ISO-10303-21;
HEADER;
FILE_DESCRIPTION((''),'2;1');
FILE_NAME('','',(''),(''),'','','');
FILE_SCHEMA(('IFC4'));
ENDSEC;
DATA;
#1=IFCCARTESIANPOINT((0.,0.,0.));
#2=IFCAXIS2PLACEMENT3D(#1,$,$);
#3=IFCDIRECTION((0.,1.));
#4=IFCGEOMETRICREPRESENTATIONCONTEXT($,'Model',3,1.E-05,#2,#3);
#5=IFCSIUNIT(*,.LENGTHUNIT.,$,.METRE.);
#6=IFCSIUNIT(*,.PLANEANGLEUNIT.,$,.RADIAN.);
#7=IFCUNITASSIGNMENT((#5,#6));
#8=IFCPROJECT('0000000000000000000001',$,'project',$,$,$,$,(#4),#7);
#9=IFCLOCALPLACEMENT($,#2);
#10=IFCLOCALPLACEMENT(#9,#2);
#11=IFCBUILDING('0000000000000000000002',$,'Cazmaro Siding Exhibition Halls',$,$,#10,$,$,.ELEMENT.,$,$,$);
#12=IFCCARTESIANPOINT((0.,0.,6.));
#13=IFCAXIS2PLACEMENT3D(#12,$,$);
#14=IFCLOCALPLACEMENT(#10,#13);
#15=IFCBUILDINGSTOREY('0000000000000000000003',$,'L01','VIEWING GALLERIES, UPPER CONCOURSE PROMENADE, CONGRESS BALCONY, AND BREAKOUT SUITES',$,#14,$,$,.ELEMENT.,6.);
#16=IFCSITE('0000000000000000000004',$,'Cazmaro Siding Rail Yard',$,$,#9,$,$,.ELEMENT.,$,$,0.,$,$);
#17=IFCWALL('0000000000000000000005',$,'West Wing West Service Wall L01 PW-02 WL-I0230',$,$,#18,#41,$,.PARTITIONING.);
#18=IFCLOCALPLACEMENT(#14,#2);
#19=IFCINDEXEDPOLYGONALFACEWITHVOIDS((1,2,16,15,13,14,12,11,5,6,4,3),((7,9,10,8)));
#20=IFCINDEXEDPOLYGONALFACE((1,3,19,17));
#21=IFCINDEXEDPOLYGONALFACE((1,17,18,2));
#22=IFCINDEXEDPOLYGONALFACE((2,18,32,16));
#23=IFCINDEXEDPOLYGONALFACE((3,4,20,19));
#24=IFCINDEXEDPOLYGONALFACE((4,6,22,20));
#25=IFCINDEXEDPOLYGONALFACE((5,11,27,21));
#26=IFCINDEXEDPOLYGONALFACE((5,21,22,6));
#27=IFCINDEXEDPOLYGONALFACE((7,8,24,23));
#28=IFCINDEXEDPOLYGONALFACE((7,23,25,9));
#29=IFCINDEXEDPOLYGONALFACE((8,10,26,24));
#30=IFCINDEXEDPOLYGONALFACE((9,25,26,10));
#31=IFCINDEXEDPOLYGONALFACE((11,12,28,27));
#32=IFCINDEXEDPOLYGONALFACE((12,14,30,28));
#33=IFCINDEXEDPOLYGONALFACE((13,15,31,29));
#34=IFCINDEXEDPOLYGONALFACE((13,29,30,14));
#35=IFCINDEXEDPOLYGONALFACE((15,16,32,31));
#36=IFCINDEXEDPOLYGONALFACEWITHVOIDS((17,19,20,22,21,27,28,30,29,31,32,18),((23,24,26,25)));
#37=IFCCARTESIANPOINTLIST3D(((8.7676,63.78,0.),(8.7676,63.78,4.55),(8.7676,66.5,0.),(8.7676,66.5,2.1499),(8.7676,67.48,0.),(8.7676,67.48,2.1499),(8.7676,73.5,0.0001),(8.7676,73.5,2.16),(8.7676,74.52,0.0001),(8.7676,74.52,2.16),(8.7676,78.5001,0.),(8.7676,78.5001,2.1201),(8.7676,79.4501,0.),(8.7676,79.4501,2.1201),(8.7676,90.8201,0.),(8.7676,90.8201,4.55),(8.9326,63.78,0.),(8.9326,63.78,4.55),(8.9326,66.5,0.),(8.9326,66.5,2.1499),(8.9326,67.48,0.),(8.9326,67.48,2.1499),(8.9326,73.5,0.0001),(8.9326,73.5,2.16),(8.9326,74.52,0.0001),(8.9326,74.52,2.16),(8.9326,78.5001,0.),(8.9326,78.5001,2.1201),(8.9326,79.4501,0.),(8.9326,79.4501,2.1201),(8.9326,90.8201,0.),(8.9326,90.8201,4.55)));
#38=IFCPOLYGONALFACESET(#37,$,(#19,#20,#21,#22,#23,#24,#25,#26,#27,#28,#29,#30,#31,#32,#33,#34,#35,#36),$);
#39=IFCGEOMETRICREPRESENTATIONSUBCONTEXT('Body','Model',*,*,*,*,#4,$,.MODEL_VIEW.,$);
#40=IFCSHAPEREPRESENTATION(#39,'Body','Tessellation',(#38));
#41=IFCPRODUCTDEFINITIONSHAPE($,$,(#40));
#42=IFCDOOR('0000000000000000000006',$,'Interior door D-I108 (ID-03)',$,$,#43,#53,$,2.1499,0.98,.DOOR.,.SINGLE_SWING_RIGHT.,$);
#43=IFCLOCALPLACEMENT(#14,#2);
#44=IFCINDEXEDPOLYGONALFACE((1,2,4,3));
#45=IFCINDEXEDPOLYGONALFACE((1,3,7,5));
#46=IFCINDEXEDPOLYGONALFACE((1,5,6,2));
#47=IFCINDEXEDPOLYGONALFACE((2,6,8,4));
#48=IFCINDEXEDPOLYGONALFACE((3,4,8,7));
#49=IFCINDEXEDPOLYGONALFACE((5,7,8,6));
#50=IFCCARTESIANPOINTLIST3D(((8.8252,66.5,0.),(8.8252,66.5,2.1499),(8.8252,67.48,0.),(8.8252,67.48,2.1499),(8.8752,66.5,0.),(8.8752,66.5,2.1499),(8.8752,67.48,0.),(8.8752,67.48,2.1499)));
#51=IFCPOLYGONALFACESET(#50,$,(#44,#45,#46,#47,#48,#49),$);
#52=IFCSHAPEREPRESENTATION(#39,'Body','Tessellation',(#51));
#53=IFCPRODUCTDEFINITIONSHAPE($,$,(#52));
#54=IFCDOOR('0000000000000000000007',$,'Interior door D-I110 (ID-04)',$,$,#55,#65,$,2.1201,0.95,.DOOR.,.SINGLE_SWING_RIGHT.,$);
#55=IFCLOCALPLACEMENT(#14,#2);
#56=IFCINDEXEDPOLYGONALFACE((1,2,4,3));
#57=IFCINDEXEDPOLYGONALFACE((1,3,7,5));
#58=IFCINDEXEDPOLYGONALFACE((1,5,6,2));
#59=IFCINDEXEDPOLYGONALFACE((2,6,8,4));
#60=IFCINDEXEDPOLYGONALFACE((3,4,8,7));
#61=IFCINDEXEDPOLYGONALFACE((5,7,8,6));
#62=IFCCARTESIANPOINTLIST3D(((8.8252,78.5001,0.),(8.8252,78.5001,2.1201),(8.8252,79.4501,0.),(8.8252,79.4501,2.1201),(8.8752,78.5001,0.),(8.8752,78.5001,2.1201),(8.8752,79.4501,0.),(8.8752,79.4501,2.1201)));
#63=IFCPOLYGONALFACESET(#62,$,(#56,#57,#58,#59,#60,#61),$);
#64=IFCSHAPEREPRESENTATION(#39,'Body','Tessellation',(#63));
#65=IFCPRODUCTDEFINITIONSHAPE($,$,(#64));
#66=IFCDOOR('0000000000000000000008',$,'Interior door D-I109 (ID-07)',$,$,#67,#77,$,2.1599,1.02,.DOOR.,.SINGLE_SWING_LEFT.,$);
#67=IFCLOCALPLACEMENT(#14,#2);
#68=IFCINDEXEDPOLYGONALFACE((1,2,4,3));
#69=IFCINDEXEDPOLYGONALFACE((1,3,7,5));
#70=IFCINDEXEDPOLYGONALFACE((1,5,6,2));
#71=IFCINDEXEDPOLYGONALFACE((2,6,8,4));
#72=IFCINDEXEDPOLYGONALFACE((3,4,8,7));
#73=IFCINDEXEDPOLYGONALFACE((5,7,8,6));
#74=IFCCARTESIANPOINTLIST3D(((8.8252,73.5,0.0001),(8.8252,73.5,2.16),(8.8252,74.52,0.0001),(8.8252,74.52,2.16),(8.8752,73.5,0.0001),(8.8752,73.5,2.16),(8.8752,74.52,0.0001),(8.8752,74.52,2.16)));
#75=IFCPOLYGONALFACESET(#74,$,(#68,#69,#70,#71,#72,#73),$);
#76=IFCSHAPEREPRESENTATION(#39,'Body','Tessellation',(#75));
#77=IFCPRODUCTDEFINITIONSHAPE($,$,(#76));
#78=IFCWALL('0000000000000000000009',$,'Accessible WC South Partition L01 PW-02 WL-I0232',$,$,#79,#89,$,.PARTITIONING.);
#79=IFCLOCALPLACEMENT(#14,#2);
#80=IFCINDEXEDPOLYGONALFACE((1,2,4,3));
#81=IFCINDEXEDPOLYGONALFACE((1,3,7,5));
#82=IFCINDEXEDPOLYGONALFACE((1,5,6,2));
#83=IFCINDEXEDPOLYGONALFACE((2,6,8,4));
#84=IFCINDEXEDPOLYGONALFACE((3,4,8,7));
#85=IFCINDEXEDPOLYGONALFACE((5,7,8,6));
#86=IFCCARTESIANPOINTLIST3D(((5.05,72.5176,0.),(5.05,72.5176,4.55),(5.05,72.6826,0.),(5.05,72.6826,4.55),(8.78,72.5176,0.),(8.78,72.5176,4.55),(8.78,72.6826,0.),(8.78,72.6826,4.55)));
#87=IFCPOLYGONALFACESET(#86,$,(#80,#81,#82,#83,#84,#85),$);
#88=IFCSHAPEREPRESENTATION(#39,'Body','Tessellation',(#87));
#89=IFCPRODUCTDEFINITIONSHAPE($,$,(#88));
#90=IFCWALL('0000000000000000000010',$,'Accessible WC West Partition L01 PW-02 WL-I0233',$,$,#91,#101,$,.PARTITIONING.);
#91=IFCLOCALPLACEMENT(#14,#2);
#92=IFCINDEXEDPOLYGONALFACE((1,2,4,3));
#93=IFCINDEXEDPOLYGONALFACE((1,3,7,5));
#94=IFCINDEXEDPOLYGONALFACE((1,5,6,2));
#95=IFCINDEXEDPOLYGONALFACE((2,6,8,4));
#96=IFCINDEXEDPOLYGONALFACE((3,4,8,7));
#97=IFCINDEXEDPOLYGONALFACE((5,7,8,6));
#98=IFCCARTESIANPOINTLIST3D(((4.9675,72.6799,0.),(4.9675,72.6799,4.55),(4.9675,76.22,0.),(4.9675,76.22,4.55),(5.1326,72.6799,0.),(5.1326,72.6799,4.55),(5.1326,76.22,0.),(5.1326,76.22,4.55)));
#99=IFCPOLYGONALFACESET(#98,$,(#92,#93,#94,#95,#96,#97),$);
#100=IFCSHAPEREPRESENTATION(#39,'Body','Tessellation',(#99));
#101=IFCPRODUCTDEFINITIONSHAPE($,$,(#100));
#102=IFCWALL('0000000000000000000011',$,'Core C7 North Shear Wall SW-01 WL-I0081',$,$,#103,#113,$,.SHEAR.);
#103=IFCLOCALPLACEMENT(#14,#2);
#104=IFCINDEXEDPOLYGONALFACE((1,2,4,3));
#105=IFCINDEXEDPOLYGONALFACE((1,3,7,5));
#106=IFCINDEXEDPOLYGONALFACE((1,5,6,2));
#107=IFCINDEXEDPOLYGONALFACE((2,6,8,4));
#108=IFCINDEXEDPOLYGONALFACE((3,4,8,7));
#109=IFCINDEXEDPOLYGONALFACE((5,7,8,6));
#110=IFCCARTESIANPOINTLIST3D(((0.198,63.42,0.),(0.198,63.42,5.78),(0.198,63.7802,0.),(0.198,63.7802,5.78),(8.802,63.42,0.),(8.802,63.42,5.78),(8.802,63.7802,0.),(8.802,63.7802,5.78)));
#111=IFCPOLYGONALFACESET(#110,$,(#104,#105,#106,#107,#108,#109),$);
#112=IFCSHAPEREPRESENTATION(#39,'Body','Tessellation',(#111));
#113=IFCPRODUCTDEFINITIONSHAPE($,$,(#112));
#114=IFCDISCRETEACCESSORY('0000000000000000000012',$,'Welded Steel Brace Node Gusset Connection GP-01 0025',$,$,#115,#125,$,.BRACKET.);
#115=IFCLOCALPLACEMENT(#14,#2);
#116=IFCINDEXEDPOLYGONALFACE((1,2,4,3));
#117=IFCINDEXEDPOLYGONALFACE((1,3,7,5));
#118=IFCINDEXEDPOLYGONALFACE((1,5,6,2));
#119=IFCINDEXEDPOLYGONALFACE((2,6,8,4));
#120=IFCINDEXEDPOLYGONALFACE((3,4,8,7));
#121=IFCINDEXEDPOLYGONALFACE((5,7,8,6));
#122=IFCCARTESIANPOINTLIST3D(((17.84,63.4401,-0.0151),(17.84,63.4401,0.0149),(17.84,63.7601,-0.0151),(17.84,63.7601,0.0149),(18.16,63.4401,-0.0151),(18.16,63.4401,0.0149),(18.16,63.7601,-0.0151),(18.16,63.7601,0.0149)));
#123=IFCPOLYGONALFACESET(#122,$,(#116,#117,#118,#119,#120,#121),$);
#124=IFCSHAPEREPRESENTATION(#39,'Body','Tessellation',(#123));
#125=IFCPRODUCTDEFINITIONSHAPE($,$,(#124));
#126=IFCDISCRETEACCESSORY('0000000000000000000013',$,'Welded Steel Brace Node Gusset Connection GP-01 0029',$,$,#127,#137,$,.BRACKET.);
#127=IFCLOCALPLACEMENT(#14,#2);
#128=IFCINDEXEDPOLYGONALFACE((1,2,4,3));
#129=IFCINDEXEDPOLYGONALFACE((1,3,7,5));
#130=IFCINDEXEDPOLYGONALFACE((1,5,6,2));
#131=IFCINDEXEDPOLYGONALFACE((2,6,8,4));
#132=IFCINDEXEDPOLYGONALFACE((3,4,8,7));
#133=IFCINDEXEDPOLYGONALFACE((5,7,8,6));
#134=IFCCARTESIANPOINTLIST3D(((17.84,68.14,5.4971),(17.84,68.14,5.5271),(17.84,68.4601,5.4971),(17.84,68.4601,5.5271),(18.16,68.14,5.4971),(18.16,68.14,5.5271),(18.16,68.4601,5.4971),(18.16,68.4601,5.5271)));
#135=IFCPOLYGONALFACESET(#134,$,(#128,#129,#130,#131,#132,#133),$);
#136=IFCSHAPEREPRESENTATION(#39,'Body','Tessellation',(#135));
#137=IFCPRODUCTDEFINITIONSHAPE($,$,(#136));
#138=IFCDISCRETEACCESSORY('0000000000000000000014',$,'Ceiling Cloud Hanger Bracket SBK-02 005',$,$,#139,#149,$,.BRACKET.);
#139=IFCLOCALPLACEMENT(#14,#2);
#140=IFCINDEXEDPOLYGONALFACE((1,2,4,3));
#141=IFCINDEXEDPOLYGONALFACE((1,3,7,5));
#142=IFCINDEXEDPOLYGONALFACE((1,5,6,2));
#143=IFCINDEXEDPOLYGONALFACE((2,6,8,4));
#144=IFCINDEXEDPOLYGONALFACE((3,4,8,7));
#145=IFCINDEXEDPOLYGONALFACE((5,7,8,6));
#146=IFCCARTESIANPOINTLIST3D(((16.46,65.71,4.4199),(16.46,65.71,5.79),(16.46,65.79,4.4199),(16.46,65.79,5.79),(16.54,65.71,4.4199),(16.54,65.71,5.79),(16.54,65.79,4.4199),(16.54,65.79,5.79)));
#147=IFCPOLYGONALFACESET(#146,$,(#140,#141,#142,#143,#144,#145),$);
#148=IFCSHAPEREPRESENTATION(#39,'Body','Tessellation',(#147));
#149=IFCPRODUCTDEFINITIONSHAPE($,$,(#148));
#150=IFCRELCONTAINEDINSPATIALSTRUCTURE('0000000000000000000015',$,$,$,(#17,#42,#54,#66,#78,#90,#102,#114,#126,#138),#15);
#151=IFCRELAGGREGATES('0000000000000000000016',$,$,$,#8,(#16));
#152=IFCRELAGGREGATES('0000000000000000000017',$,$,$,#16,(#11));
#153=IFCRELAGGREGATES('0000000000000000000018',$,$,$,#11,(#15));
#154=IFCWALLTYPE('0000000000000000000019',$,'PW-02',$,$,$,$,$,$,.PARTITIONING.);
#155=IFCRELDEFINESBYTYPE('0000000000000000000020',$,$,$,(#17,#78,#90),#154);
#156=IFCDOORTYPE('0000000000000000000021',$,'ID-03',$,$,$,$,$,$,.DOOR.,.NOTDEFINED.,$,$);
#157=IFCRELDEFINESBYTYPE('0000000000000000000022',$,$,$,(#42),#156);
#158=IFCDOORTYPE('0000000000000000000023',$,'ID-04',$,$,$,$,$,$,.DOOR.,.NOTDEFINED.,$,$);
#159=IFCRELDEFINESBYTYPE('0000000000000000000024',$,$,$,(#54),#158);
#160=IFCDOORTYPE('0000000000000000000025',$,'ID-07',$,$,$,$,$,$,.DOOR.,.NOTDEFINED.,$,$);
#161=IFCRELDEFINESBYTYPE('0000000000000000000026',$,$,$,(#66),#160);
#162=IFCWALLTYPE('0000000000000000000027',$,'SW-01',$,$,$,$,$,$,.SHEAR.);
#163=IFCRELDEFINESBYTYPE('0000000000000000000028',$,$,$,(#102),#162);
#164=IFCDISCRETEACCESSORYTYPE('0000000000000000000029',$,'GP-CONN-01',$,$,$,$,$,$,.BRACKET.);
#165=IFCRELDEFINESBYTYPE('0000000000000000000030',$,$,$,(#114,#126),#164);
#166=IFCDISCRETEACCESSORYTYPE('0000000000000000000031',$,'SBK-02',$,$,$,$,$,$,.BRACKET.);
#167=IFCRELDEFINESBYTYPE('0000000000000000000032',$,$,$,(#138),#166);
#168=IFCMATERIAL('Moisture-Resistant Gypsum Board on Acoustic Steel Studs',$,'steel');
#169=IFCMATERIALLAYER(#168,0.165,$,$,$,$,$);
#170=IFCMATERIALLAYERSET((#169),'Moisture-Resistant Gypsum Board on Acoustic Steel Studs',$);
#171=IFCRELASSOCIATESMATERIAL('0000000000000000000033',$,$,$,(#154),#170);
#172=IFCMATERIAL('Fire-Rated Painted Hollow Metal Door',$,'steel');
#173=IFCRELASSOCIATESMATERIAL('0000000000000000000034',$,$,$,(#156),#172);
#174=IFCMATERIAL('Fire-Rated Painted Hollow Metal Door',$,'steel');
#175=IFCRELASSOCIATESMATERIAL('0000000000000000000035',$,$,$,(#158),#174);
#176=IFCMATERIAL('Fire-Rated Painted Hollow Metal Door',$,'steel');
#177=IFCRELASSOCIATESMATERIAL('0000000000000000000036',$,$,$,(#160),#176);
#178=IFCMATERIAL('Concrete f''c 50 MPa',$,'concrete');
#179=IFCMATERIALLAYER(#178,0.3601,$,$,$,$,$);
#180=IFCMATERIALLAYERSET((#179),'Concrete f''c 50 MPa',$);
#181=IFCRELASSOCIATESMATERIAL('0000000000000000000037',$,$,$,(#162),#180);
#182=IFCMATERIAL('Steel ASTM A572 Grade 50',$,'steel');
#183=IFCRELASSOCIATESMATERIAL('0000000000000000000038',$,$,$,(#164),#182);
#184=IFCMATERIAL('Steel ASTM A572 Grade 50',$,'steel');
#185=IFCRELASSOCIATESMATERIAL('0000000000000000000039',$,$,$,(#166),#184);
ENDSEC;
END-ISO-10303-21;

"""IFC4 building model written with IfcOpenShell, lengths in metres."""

from ifc_helpers import new_model, si_unit, direction, frame, frame_2d, origin, origin_2d, place, context, subcontext, project, spatial, rectangle, extrude, material, layer, layer_set, type_object, element, fill, save


model = new_model("IFC4")

# Units and contexts
model_context = context("Model", 3, precision=1e-05, world=origin(), true_north=direction((0.0, 1.0)))
body_context = subcontext(model_context, "Body", "Model", "MODEL_VIEW")
ifc_project = project(units=[si_unit("LENGTHUNIT", "METRE"), si_unit("PLANEANGLEUNIT", "RADIAN")], contexts=[model_context])

# Site, building, storey
site_placement = place(None, origin())
site = spatial("IfcSite", under=ifc_project, at=site_placement, Name="Cazmaro Siding Rail Yard", CompositionType="ELEMENT", RefElevation=0.0)
building_placement = place(site_placement, origin())
building = spatial("IfcBuilding", under=site, at=building_placement, Name="Cazmaro Siding Exhibition Halls", CompositionType="ELEMENT")
storey_placement = place(building_placement, frame((0.0, 0.0, 6.0)))
storey = spatial("IfcBuildingStorey", under=building, at=storey_placement, Name="L01", Description="VIEWING GALLERIES, UPPER CONCOURSE PROMENADE, CONGRESS BALCONY, AND BREAKOUT SUITES", CompositionType="ELEMENT", Elevation=6.0)

# Shared definitions
ifc_material_1 = material(Name="Moisture-Resistant Gypsum Board on Acoustic Steel Studs", Category="steel")
ifc_layer_1 = layer(ifc_material_1, 0.165)
ifc_layer_set_1 = layer_set([ifc_layer_1], Name="Moisture-Resistant Gypsum Board on Acoustic Steel Studs")
wall_type_1 = type_object("IfcWallType", Name="PW-02", PredefinedType="PARTITIONING", material=ifc_layer_set_1)

# Wall, openings, doors
wall_1_placement = place(storey_placement, frame((8.8501, 63.78, 0.0), z_axis=(0.0, 0.0, 1.0), x_axis=(0.0, 1.0, 0.0)))
wall_1 = element("IfcWall", 1, at=wall_1_placement, inside=storey, type_object=wall_type_1, Name="West Wing West Service Wall L01 PW-02 WL-I0230", PredefinedType="PARTITIONING", context=body_context, shape_type="SweptSolid", body=[
    extrude(rectangle(XDim=27.04, YDim=0.165, at=frame_2d((13.52, 0.0))), origin(), (0.0, 0.0, 1.0), 4.55),
])
opening_1_placement = place(wall_1_placement, frame((2.72, 0.0, 0.0)))
opening_1 = element("IfcOpeningElement", 2, at=opening_1_placement, cuts=wall_1, PredefinedType="OPENING", context=body_context, shape_type="SweptSolid", body=[
    extrude(rectangle(XDim=0.98, YDim=2.1499, at=frame_2d((0.49, 1.075))), frame((0.0, 0.0925, 0.0), z_axis=(0.0, -1.0, 0.0), x_axis=(1.0, 0.0, 0.0)), (0.0, 0.0, 1.0), 0.1851),
])
opening_2_placement = place(wall_1_placement, frame((9.72, 0.0, 0.0)))
opening_2 = element("IfcOpeningElement", 3, at=opening_2_placement, cuts=wall_1, PredefinedType="OPENING", context=body_context, shape_type="SweptSolid", body=[
    extrude(rectangle(XDim=1.02, YDim=2.1599, at=frame_2d((0.51, 1.0801))), frame((0.0, 0.0925, 0.0), z_axis=(0.0, -1.0, 0.0), x_axis=(1.0, 0.0, 0.0)), (0.0, 0.0, 1.0), 0.1851),
])
opening_3_placement = place(wall_1_placement, frame((14.72, 0.0, 0.0)))
opening_3 = element("IfcOpeningElement", 4, at=opening_3_placement, cuts=wall_1, PredefinedType="OPENING", context=body_context, shape_type="SweptSolid", body=[
    extrude(rectangle(XDim=0.95, YDim=2.1201, at=frame_2d((0.4751, 1.0601))), frame((0.0, 0.0925, 0.0), z_axis=(0.0, -1.0, 0.0), x_axis=(1.0, 0.0, 0.0)), (0.0, 0.0, 1.0), 0.1851),
])
ifc_material_2 = material(Name="Fire-Rated Painted Hollow Metal Door", Category="steel")
door_type_1 = type_object("IfcDoorType", Name="ID-03", OperationType="NOTDEFINED", PredefinedType="DOOR", material=ifc_material_2)
door_1_placement = place(opening_1_placement, origin())
door_1 = element("IfcDoor", 5, at=door_1_placement, inside=storey, type_object=door_type_1, Name="Interior door D-I108 (ID-03)", OperationType="SINGLE_SWING_RIGHT", OverallHeight=2.1499, OverallWidth=0.98, PredefinedType="DOOR", context=body_context, shape_type="SweptSolid", body=[
    extrude(rectangle(XDim=0.98, YDim=2.1499, at=frame_2d((0.49, 1.075))), frame((0.0, 0.0249, 0.0), z_axis=(0.0, -1.0, 0.0), x_axis=(1.0, 0.0, 0.0)), (0.0, 0.0, 1.0), 0.05),
])
fill(opening_1, door_1)
ifc_material_3 = material(Name="Fire-Rated Painted Hollow Metal Door", Category="steel")
door_type_2 = type_object("IfcDoorType", Name="ID-04", OperationType="NOTDEFINED", PredefinedType="DOOR", material=ifc_material_3)
door_2_placement = place(opening_3_placement, origin())
door_2 = element("IfcDoor", 6, at=door_2_placement, inside=storey, type_object=door_type_2, Name="Interior door D-I110 (ID-04)", OperationType="SINGLE_SWING_RIGHT", OverallHeight=2.1201, OverallWidth=0.95, PredefinedType="DOOR", context=body_context, shape_type="SweptSolid", body=[
    extrude(rectangle(XDim=0.95, YDim=2.1201, at=frame_2d((0.4751, 1.0601))), frame((0.0, 0.0249, 0.0), z_axis=(0.0, -1.0, 0.0), x_axis=(1.0, 0.0, 0.0)), (0.0, 0.0, 1.0), 0.05),
])
fill(opening_3, door_2)
ifc_material_4 = material(Name="Fire-Rated Painted Hollow Metal Door", Category="steel")
door_type_3 = type_object("IfcDoorType", Name="ID-07", OperationType="NOTDEFINED", PredefinedType="DOOR", material=ifc_material_4)
door_3_placement = place(opening_2_placement, origin())
door_3 = element("IfcDoor", 7, at=door_3_placement, inside=storey, type_object=door_type_3, Name="Interior door D-I109 (ID-07)", OperationType="SINGLE_SWING_LEFT", OverallHeight=2.1599, OverallWidth=1.02, PredefinedType="DOOR", context=body_context, shape_type="SweptSolid", body=[
    extrude(rectangle(XDim=1.02, YDim=2.1599, at=frame_2d((0.51, 1.0801))), frame((0.0, 0.0249, 0.0), z_axis=(0.0, -1.0, 0.0), x_axis=(1.0, 0.0, 0.0)), (0.0, 0.0, 1.0), 0.05),
])
fill(opening_2, door_3)

# Walls
wall_2_placement = place(storey_placement, frame((5.05, 72.6001, 0.0), z_axis=(0.0, 0.0, 1.0), x_axis=(1.0, 0.0, 0.0)))
element("IfcWall", 8, at=wall_2_placement, inside=storey, type_object=wall_type_1, Name="Accessible WC South Partition L01 PW-02 WL-I0232", PredefinedType="PARTITIONING", context=body_context, shape_type="SweptSolid", body=[
    extrude(rectangle(XDim=3.73, YDim=0.165, at=frame_2d((1.865, 0.0))), origin(), (0.0, 0.0, 1.0), 4.55),
])
wall_3_placement = place(storey_placement, frame((5.05, 72.6799, 0.0), z_axis=(0.0, 0.0, 1.0), x_axis=(0.0, 1.0, 0.0)))
element("IfcWall", 9, at=wall_3_placement, inside=storey, type_object=wall_type_1, Name="Accessible WC West Partition L01 PW-02 WL-I0233", PredefinedType="PARTITIONING", context=body_context, shape_type="SweptSolid", body=[
    extrude(rectangle(XDim=3.54, YDim=0.165, at=frame_2d((1.77, 0.0))), origin(), (0.0, 0.0, 1.0), 4.55),
])
ifc_material_5 = material(Name="Concrete f'c 50 MPa", Category="concrete")
ifc_layer_2 = layer(ifc_material_5, 0.3601)
ifc_layer_set_2 = layer_set([ifc_layer_2], Name="Concrete f'c 50 MPa")
wall_type_2 = type_object("IfcWallType", Name="SW-01", PredefinedType="SHEAR", material=ifc_layer_set_2)
wall_4_placement = place(storey_placement, frame((0.198, 63.6001, 0.0), z_axis=(0.0, 0.0, 1.0), x_axis=(1.0, 0.0, 0.0)))
element("IfcWall", 10, at=wall_4_placement, inside=storey, type_object=wall_type_2, Name="Core C7 North Shear Wall SW-01 WL-I0081", PredefinedType="SHEAR", context=body_context, shape_type="SweptSolid", body=[
    extrude(rectangle(XDim=8.604, YDim=0.3601, at=frame_2d((4.302, 0.0))), origin(), (0.0, 0.0, 1.0), 5.78),
])

# Discrete accessories
ifc_material_6 = material(Name="Steel ASTM A572 Grade 50", Category="steel")
discrete_accessory_type_1 = type_object("IfcDiscreteAccessoryType", Name="GP-CONN-01", PredefinedType="BRACKET", material=ifc_material_6)
for number, where, z_axis, x_axis, name in (
    (11, (18.0, 63.6001, -0.0151), (0.0, 0.0, 1.0), (1.0, 0.0, 0.0), "Welded Steel Brace Node Gusset Connection GP-01 0025"),
    (12, (18.0, 68.3, 5.4971), (0.0, 0.0, 1.0), (1.0, 0.0, 0.0), "Welded Steel Brace Node Gusset Connection GP-01 0029"),
):
    element("IfcDiscreteAccessory", number, at=place(storey_placement, frame(where, z_axis=z_axis, x_axis=x_axis)), inside=storey, type_object=discrete_accessory_type_1, Name=name, PredefinedType="BRACKET", context=body_context, shape_type="SweptSolid", body=[
        extrude(rectangle(XDim=0.3201, YDim=0.3201, at=origin_2d()), origin(), (0.0, 0.0, 1.0), 0.03),
    ])
ifc_material_7 = material(Name="Steel ASTM A572 Grade 50", Category="steel")
discrete_accessory_type_2 = type_object("IfcDiscreteAccessoryType", Name="SBK-02", PredefinedType="BRACKET", material=ifc_material_7)
discrete_accessory_placement = place(storey_placement, frame((16.5, 65.75, 4.4199), z_axis=(0.0, 0.0, 1.0), x_axis=(1.0, 0.0, 0.0)))
element("IfcDiscreteAccessory", 13, at=discrete_accessory_placement, inside=storey, type_object=discrete_accessory_type_2, Name="Ceiling Cloud Hanger Bracket SBK-02 005", PredefinedType="BRACKET", context=body_context, shape_type="SweptSolid", body=[
    extrude(rectangle(XDim=0.0801, YDim=0.0801, at=origin_2d()), origin(), (0.0, 0.0, 1.0), 1.3701),
])

save(model, "model.ifc")
